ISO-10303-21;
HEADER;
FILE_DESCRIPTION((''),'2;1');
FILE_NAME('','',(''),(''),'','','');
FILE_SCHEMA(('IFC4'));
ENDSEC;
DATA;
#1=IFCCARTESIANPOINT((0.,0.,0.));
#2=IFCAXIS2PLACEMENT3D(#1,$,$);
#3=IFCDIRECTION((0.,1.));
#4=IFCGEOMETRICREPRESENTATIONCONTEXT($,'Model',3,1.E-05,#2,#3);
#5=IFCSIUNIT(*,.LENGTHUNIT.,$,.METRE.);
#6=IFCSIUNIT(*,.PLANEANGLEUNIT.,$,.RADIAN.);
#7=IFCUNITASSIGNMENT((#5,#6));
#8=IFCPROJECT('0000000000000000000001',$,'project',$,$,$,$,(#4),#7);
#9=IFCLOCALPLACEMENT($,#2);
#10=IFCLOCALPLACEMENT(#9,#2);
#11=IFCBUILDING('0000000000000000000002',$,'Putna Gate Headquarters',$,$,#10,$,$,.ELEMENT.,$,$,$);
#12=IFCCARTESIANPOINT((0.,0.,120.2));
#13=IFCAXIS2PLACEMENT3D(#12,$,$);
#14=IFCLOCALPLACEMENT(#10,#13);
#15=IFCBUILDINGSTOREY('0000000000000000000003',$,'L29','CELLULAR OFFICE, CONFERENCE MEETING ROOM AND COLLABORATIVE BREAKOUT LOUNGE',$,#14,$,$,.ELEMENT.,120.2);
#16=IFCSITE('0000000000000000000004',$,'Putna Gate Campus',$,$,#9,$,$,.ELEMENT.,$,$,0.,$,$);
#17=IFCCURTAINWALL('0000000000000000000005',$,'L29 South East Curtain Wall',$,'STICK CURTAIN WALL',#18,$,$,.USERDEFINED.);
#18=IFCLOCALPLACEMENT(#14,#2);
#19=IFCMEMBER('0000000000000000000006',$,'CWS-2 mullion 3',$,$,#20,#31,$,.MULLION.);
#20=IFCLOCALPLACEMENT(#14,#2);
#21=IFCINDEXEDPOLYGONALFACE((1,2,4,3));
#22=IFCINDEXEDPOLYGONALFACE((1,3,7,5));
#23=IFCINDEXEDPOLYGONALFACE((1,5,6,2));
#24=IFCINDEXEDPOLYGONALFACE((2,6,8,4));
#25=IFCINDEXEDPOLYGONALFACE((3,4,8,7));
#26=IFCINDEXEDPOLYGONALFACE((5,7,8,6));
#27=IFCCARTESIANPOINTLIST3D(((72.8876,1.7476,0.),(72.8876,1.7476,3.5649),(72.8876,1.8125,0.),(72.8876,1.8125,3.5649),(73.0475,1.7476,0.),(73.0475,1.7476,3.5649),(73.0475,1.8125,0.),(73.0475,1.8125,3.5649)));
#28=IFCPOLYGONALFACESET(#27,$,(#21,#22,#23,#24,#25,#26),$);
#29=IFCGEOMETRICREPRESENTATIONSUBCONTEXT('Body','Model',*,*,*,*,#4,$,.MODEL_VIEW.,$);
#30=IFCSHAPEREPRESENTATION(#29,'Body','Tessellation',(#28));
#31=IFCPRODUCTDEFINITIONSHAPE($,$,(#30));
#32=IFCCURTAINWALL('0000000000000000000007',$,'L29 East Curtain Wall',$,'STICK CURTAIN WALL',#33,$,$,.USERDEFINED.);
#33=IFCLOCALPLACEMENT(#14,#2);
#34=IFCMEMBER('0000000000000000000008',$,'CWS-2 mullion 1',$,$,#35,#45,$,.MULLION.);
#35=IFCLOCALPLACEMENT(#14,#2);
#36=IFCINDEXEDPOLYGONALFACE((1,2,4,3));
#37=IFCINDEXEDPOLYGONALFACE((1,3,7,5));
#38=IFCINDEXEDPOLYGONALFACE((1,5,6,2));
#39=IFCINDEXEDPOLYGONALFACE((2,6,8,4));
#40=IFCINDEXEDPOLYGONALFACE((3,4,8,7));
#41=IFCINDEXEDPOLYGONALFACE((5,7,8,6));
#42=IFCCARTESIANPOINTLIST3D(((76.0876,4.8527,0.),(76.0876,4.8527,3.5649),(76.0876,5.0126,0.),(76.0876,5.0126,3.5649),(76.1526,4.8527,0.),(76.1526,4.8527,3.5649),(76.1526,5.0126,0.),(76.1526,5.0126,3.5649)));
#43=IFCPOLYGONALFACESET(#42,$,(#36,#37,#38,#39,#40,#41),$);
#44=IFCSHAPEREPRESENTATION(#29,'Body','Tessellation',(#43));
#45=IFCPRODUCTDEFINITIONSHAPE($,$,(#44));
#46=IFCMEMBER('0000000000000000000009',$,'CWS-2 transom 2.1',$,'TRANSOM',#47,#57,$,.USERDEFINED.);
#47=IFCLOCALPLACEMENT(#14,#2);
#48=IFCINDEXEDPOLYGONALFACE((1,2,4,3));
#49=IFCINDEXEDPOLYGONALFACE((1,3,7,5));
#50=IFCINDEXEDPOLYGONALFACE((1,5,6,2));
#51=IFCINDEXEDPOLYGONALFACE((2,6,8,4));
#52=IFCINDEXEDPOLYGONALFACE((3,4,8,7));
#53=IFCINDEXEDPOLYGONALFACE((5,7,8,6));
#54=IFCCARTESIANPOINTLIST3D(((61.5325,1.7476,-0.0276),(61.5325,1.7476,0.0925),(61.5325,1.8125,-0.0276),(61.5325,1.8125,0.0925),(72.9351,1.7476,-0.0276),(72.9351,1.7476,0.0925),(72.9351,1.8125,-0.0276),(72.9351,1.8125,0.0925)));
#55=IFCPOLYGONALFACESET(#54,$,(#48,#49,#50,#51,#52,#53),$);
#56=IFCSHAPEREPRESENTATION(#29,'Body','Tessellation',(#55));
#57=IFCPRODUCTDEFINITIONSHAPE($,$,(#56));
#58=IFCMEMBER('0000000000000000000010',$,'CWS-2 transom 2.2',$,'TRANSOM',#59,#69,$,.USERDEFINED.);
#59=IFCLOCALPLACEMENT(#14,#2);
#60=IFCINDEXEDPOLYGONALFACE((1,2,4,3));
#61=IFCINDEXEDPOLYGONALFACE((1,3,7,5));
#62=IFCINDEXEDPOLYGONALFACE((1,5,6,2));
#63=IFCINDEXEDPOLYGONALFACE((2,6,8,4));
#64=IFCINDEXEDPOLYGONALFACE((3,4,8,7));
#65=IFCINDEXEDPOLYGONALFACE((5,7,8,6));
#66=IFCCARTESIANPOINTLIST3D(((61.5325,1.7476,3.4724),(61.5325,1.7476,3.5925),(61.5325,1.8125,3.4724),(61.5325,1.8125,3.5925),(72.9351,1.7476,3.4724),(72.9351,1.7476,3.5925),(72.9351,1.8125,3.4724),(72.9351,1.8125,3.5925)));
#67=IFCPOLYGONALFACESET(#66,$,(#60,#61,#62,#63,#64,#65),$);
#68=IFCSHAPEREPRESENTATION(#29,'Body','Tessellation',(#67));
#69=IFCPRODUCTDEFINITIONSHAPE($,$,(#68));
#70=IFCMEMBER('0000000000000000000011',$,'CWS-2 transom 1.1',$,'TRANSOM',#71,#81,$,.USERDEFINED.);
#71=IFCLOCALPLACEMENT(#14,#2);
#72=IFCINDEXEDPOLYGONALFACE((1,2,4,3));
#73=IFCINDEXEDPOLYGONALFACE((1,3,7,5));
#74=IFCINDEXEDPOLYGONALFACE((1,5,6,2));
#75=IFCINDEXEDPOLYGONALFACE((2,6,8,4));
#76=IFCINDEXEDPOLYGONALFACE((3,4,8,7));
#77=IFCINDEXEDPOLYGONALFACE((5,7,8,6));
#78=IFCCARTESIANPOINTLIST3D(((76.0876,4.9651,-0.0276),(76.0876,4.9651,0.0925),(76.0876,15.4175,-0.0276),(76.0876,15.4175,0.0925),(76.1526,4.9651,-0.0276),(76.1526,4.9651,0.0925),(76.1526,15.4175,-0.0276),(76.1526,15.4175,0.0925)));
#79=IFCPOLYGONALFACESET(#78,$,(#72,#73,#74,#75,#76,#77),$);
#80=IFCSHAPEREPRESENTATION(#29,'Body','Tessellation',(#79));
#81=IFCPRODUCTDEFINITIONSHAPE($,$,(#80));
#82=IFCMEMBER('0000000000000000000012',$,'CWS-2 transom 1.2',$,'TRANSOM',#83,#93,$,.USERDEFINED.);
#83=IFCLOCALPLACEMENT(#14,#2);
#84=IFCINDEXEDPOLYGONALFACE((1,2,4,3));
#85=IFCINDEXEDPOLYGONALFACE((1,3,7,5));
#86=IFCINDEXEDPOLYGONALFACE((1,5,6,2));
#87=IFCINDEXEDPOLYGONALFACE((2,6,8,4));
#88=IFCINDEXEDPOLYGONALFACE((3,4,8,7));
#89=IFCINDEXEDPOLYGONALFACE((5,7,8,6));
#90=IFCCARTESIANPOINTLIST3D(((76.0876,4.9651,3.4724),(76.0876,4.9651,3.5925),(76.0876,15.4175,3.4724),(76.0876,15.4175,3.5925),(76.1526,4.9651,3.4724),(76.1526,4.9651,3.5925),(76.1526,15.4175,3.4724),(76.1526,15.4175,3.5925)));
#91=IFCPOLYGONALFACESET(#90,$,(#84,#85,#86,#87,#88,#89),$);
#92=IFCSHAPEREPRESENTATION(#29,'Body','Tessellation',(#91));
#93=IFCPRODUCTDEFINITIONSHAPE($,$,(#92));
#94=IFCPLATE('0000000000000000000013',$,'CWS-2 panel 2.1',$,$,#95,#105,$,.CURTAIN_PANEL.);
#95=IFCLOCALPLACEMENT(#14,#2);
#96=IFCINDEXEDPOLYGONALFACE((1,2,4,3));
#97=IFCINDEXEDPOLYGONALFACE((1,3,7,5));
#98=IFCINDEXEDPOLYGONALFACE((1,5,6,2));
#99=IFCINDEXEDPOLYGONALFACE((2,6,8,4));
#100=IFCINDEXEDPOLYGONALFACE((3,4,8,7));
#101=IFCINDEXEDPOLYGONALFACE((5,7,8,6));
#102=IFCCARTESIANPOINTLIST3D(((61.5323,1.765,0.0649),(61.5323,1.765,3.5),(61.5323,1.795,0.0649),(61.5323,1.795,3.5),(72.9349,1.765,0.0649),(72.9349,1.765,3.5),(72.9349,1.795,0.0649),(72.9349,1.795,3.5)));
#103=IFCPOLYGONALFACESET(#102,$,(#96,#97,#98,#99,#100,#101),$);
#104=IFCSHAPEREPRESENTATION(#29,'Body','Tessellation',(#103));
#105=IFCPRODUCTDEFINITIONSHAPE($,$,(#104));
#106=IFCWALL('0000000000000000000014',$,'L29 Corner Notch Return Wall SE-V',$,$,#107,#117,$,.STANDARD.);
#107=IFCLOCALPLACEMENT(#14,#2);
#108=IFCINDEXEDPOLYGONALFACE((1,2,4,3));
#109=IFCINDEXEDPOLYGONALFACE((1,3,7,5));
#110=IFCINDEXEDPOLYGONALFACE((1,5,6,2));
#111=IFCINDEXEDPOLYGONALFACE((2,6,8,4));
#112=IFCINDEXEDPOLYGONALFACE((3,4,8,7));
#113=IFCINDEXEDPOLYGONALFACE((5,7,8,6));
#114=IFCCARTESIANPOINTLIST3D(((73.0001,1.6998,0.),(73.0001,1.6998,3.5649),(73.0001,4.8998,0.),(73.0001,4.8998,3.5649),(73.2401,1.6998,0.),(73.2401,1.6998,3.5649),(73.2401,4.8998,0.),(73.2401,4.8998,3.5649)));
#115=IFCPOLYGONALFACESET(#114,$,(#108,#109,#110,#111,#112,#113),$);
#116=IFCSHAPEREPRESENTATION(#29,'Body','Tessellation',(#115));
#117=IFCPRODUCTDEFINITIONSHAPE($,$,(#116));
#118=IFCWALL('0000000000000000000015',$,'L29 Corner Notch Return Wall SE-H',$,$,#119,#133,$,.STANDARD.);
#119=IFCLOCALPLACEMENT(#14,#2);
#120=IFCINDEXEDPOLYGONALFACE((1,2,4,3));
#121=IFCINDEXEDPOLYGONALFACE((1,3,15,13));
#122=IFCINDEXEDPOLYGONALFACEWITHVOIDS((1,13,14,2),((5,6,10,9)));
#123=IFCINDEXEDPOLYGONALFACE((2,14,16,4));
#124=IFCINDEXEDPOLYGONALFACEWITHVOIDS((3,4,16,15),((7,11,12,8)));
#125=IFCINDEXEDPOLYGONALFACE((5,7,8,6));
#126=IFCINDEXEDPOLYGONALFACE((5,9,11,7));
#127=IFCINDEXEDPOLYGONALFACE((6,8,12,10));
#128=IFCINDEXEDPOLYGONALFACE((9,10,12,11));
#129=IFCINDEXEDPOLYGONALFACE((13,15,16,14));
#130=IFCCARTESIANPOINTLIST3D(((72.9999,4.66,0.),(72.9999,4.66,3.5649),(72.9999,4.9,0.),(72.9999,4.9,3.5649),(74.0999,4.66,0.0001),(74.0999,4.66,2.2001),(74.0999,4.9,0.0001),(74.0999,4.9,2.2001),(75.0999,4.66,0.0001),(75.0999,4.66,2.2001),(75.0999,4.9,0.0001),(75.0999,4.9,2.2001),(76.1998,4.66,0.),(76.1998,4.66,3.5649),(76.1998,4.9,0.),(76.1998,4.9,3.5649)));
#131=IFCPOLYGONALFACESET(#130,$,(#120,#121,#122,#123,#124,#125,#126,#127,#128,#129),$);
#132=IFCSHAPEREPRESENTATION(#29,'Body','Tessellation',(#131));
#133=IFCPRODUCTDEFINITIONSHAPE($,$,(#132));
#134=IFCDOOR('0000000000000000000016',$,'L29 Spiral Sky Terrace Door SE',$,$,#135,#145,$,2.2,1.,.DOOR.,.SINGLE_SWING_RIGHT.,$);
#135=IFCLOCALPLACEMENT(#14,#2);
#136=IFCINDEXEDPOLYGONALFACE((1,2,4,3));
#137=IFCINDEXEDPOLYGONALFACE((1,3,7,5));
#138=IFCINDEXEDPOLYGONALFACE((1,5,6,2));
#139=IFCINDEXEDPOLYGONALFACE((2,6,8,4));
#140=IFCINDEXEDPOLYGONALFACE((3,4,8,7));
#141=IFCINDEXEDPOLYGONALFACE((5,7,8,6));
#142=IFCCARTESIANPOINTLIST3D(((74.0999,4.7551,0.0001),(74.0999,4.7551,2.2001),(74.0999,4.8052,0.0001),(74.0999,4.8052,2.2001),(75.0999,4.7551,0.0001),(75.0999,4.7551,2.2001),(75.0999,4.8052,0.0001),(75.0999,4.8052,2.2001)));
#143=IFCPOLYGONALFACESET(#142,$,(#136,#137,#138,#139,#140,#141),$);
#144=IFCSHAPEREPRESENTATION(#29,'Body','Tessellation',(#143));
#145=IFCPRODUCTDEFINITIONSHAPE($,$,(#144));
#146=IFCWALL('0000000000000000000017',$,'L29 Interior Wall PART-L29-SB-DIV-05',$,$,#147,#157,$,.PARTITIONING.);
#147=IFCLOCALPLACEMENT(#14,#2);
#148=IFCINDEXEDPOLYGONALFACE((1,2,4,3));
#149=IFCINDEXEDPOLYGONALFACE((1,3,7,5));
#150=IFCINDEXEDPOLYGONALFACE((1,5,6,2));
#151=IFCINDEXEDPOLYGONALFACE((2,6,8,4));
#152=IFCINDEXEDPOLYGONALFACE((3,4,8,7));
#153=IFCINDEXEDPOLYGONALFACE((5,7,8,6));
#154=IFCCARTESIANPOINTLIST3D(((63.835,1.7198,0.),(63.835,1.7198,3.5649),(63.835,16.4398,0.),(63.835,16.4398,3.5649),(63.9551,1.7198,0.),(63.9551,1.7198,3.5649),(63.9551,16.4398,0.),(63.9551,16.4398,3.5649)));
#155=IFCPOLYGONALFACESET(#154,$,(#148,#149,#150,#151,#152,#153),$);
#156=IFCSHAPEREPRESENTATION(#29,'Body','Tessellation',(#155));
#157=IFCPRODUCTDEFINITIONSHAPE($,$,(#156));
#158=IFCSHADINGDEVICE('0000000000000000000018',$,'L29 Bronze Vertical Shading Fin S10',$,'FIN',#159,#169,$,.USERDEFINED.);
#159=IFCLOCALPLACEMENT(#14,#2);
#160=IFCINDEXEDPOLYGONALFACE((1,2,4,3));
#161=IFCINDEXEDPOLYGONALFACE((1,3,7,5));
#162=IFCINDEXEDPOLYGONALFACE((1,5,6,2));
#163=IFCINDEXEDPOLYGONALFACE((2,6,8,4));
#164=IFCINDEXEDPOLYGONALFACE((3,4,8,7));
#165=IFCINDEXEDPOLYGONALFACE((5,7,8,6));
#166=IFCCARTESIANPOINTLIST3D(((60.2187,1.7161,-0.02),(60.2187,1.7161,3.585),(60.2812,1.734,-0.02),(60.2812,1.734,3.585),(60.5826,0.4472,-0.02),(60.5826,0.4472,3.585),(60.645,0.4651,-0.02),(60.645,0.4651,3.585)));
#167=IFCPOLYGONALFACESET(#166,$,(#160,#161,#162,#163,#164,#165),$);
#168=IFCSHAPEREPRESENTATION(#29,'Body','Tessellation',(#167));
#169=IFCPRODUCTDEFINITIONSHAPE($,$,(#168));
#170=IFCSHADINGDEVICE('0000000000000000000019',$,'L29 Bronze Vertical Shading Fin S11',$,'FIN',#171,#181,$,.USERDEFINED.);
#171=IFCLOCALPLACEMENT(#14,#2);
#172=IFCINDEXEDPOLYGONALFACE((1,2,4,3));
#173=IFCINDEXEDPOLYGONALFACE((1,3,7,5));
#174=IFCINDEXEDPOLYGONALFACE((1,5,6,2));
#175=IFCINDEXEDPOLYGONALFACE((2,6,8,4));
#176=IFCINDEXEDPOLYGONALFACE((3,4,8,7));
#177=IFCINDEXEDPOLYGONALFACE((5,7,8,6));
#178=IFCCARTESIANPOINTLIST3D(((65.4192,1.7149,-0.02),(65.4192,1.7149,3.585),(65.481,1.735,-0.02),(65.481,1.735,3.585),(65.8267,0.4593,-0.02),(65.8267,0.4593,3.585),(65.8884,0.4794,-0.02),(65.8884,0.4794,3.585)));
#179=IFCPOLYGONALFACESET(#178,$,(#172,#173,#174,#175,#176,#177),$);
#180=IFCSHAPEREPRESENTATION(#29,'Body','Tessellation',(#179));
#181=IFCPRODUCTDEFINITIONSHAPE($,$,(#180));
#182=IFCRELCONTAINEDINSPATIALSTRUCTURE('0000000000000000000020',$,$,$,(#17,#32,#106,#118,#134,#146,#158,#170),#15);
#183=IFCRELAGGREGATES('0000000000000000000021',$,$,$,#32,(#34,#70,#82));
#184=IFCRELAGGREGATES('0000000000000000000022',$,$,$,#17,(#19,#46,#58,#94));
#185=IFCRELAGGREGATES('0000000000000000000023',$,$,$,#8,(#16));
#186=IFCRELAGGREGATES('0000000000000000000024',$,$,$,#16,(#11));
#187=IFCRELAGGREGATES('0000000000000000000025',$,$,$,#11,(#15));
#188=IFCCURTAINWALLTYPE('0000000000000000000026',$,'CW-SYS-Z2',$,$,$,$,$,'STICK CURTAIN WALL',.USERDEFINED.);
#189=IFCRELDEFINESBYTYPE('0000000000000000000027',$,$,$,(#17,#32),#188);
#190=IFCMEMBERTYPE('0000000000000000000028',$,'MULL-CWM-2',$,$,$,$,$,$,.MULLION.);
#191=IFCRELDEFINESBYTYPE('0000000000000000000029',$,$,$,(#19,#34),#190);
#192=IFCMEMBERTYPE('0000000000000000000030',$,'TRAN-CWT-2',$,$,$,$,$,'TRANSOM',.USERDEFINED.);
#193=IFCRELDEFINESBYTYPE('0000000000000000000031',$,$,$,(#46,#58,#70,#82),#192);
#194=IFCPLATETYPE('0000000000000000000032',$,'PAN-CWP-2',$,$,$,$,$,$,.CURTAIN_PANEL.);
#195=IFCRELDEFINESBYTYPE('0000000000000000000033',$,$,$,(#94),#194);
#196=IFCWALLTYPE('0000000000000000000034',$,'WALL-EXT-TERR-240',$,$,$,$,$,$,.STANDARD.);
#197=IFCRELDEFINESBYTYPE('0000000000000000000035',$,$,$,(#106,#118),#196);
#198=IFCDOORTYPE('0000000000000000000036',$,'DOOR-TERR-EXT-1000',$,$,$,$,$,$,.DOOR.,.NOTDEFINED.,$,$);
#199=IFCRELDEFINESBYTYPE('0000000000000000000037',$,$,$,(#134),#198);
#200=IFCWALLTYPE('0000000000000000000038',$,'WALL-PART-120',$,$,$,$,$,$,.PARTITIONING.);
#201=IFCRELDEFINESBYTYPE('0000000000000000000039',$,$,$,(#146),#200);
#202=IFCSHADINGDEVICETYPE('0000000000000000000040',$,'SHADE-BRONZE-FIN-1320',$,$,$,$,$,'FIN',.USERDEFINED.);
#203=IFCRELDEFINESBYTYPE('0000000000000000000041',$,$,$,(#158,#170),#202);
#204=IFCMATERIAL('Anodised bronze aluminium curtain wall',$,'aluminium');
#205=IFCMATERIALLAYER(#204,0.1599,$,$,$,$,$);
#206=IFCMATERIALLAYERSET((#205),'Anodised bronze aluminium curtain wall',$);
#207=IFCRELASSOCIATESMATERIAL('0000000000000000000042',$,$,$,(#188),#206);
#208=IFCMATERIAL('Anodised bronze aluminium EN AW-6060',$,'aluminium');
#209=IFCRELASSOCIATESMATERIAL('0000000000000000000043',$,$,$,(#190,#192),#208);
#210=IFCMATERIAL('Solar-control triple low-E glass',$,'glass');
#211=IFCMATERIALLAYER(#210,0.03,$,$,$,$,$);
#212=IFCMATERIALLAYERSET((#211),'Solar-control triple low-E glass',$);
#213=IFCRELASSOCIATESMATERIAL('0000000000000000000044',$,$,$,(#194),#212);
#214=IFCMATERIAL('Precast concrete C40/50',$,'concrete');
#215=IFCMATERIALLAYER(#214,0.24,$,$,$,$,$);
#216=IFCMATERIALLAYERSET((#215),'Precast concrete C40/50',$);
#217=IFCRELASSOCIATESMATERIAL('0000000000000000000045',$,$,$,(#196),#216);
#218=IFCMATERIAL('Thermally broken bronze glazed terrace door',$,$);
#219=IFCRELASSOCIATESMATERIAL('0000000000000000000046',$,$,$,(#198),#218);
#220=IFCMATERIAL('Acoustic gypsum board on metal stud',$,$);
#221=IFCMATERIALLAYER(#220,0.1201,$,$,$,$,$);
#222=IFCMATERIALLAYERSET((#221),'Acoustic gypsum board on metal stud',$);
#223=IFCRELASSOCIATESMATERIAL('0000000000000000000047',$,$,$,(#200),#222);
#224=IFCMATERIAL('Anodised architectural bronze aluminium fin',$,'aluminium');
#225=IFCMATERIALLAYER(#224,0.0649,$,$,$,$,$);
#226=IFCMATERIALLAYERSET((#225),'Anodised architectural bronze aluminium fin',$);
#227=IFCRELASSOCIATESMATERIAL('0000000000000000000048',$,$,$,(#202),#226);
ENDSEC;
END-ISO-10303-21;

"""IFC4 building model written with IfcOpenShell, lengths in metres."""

from ifc_helpers import new_model, si_unit, direction, frame, frame_2d, origin, origin_2d, place, context, subcontext, project, spatial, rectangle, extrude, material, layer, layer_set, material_profile, profile_set, type_object, element, fill, aggregate, save


model = new_model("IFC4")

# Units and contexts
model_context = context("Model", 3, precision=1e-05, world=origin(), true_north=direction((0.0, 1.0)))
body_context = subcontext(model_context, "Body", "Model", "MODEL_VIEW")
ifc_project = project(units=[si_unit("LENGTHUNIT", "METRE"), si_unit("PLANEANGLEUNIT", "RADIAN")], contexts=[model_context])

# Site, building, storey
site_placement = place(None, origin())
site = spatial("IfcSite", under=ifc_project, at=site_placement, Name="Putna Gate Campus", CompositionType="ELEMENT", RefElevation=0.0)
building_placement = place(site_placement, origin())
building = spatial("IfcBuilding", under=site, at=building_placement, Name="Putna Gate Headquarters", CompositionType="ELEMENT")
storey_placement = place(building_placement, frame((0.0, 0.0, 120.2)))
storey = spatial("IfcBuildingStorey", under=building, at=storey_placement, Name="L29", Description="CELLULAR OFFICE, CONFERENCE MEETING ROOM AND COLLABORATIVE BREAKOUT LOUNGE", CompositionType="ELEMENT", Elevation=120.2)

# Curtain wall, member
ifc_material_1 = material(Name="Anodised bronze aluminium curtain wall", Category="aluminium")
ifc_layer_1 = layer(ifc_material_1, 0.1599)
ifc_layer_set_1 = layer_set([ifc_layer_1], Name="Anodised bronze aluminium curtain wall")
curtain_wall_type = type_object("IfcCurtainWallType", Name="CW-SYS-Z2", ElementType="STICK CURTAIN WALL", PredefinedType="USERDEFINED", material=ifc_layer_set_1)
curtain_wall_1_placement = place(storey_placement, origin())
curtain_wall_1 = element("IfcCurtainWall", 1, at=curtain_wall_1_placement, inside=storey, type_object=curtain_wall_type, Name="L29 South East Curtain Wall", ObjectType="STICK CURTAIN WALL", PredefinedType="USERDEFINED")
ifc_material_2 = material(Name="Anodised bronze aluminium EN AW-6060", Category="aluminium")
ifc_material_profile_1 = material_profile(ifc_material_2, rectangle(XDim=0.0649, YDim=0.1599, at=origin_2d()), Name="Anodised bronze aluminium EN AW-6060")
ifc_profile_set_1 = profile_set([ifc_material_profile_1], Name="Anodised bronze aluminium EN AW-6060")
member_type_1 = type_object("IfcMemberType", Name="MULL-CWM-2", PredefinedType="MULLION", material=ifc_profile_set_1)
member_1_placement = place(storey_placement, frame((72.9675, 1.78, 0.0), z_axis=(0.0, 0.0, 1.0), x_axis=(0.0, 1.0, 0.0)))
member_1 = element("IfcMember", 2, at=member_1_placement, type_object=member_type_1, Name="CWS-2 mullion 3", PredefinedType="MULLION", context=body_context, shape_type="SweptSolid", body=[
    extrude(rectangle(XDim=0.0649, YDim=0.1599, at=origin_2d()), origin(), (0.0, 0.0, 1.0), 3.5649),
])

# Curtain wall, member
curtain_wall_2_placement = place(storey_placement, origin())
curtain_wall_2 = element("IfcCurtainWall", 3, at=curtain_wall_2_placement, inside=storey, type_object=curtain_wall_type, Name="L29 East Curtain Wall", ObjectType="STICK CURTAIN WALL", PredefinedType="USERDEFINED")
member_2_placement = place(storey_placement, frame((76.1201, 4.9326, 0.0), z_axis=(0.0, 0.0, 1.0), x_axis=(-1.0, 0.0, 0.0)))
member_2 = element("IfcMember", 4, at=member_2_placement, type_object=member_type_1, Name="CWS-2 mullion 1", PredefinedType="MULLION", context=body_context, shape_type="SweptSolid", body=[
    extrude(rectangle(XDim=0.0649, YDim=0.1599, at=origin_2d()), origin(), (0.0, 0.0, 1.0), 3.5649),
])

# Members
ifc_material_profile_2 = material_profile(ifc_material_2, rectangle(XDim=0.0649, YDim=0.1201, at=origin_2d()), Name="Anodised bronze aluminium EN AW-6060")
ifc_profile_set_2 = profile_set([ifc_material_profile_2], Name="Anodised bronze aluminium EN AW-6060")
member_type_2 = type_object("IfcMemberType", Name="TRAN-CWT-2", ElementType="TRANSOM", PredefinedType="USERDEFINED", material=ifc_profile_set_2)
member_3_placement = place(storey_placement, frame((61.5325, 1.78, 0.0325), z_axis=(1.0, 0.0, 0.0), x_axis=(0.0, 1.0, 0.0)))
member_3 = element("IfcMember", 5, at=member_3_placement, type_object=member_type_2, Name="CWS-2 transom 2.1", ObjectType="TRANSOM", PredefinedType="USERDEFINED", context=body_context, shape_type="SweptSolid", body=[
    extrude(rectangle(XDim=0.0649, YDim=0.1201, at=origin_2d()), origin(), (0.0, 0.0, 1.0), 11.4026),
])
member_4_placement = place(storey_placement, frame((61.5325, 1.78, 3.5325), z_axis=(1.0, 0.0, 0.0), x_axis=(0.0, 1.0, 0.0)))
member_4 = element("IfcMember", 6, at=member_4_placement, type_object=member_type_2, Name="CWS-2 transom 2.2", ObjectType="TRANSOM", PredefinedType="USERDEFINED", context=body_context, shape_type="SweptSolid", body=[
    extrude(rectangle(XDim=0.0649, YDim=0.1201, at=origin_2d()), origin(), (0.0, 0.0, 1.0), 11.4026),
])
member_5_placement = place(storey_placement, frame((76.1201, 4.9651, 0.0325), z_axis=(0.0, 1.0, 0.0), x_axis=(-1.0, 0.0, 0.0)))
member_5 = element("IfcMember", 7, at=member_5_placement, type_object=member_type_2, Name="CWS-2 transom 1.1", ObjectType="TRANSOM", PredefinedType="USERDEFINED", context=body_context, shape_type="SweptSolid", body=[
    extrude(rectangle(XDim=0.0649, YDim=0.1201, at=origin_2d()), origin(), (0.0, 0.0, 1.0), 10.4524),
])
member_6_placement = place(storey_placement, frame((76.1201, 4.9651, 3.5325), z_axis=(0.0, 1.0, 0.0), x_axis=(-1.0, 0.0, 0.0)))
member_6 = element("IfcMember", 8, at=member_6_placement, type_object=member_type_2, Name="CWS-2 transom 1.2", ObjectType="TRANSOM", PredefinedType="USERDEFINED", context=body_context, shape_type="SweptSolid", body=[
    extrude(rectangle(XDim=0.0649, YDim=0.1201, at=origin_2d()), origin(), (0.0, 0.0, 1.0), 10.4524),
])
aggregate(curtain_wall_2, [member_2, member_5, member_6])

# Plate
ifc_material_3 = material(Name="Solar-control triple low-E glass", Category="glass")
ifc_layer_2 = layer(ifc_material_3, 0.03)
ifc_layer_set_2 = layer_set([ifc_layer_2], Name="Solar-control triple low-E glass")
plate_type = type_object("IfcPlateType", Name="PAN-CWP-2", PredefinedType="CURTAIN_PANEL", material=ifc_layer_set_2)
plate_placement = place(storey_placement, frame((67.2336, 1.78, 0.0649), z_axis=(0.0, 0.0, 1.0), x_axis=(1.0, 0.0, 0.0)))
plate = element("IfcPlate", 9, at=plate_placement, type_object=plate_type, Name="CWS-2 panel 2.1", PredefinedType="CURTAIN_PANEL", context=body_context, shape_type="SweptSolid", body=[
    extrude(rectangle(XDim=11.4026, YDim=0.03, at=origin_2d()), origin(), (0.0, 0.0, 1.0), 3.4351),
])
aggregate(curtain_wall_1, [member_1, member_3, member_4, plate])

# Wall
ifc_material_4 = material(Name="Precast concrete C40/50", Category="concrete")
ifc_layer_3 = layer(ifc_material_4, 0.24)
ifc_layer_set_3 = layer_set([ifc_layer_3], Name="Precast concrete C40/50")
wall_type_1 = type_object("IfcWallType", Name="WALL-EXT-TERR-240", PredefinedType="STANDARD", material=ifc_layer_set_3)
wall_1_placement = place(storey_placement, frame((73.1201, 4.8999, 0.0), z_axis=(0.0, 0.0, 1.0), x_axis=(0.0, -1.0, 0.0)))
element("IfcWall", 10, at=wall_1_placement, inside=storey, type_object=wall_type_1, Name="L29 Corner Notch Return Wall SE-V", PredefinedType="STANDARD", context=body_context, shape_type="SweptSolid", body=[
    extrude(rectangle(XDim=3.2, YDim=0.24, at=frame_2d((1.6001, 0.0))), origin(), (0.0, 0.0, 1.0), 3.5649),
])

# Wall, opening, door
wall_2_placement = place(storey_placement, frame((76.2, 4.78, 0.0), z_axis=(0.0, 0.0, 1.0), x_axis=(-1.0, 0.0, 0.0)))
wall_2 = element("IfcWall", 11, at=wall_2_placement, inside=storey, type_object=wall_type_1, Name="L29 Corner Notch Return Wall SE-H", PredefinedType="STANDARD", context=body_context, shape_type="SweptSolid", body=[
    extrude(rectangle(XDim=3.2, YDim=0.24, at=frame_2d((1.6001, 0.0))), origin(), (0.0, 0.0, 1.0), 3.5649),
])
opening_placement = place(wall_2_placement, frame((1.1001, 0.0, 0.0)))
opening = element("IfcOpeningElement", 12, at=opening_placement, cuts=wall_2, PredefinedType="OPENING", context=body_context, shape_type="SweptSolid", body=[
    extrude(rectangle(XDim=1.0, YDim=2.2, at=frame_2d((0.5, 1.1001))), frame((0.0, 0.1299, 0.0), z_axis=(0.0, -1.0, 0.0), x_axis=(1.0, 0.0, 0.0)), (0.0, 0.0, 1.0), 0.26),
])
ifc_material_5 = material(Name="Thermally broken bronze glazed terrace door")
door_type = type_object("IfcDoorType", Name="DOOR-TERR-EXT-1000", OperationType="NOTDEFINED", PredefinedType="DOOR", material=ifc_material_5)
door_placement = place(opening_placement, origin())
door = element("IfcDoor", 13, at=door_placement, inside=storey, type_object=door_type, Name="L29 Spiral Sky Terrace Door SE", OperationType="SINGLE_SWING_RIGHT", OverallHeight=2.2, OverallWidth=1.0, PredefinedType="DOOR", context=body_context, shape_type="SweptSolid", body=[
    extrude(rectangle(XDim=1.0, YDim=2.2, at=frame_2d((0.5, 1.1001))), frame((0.0, 0.0249, 0.0), z_axis=(0.0, -1.0, 0.0), x_axis=(1.0, 0.0, 0.0)), (0.0, 0.0, 1.0), 0.05),
])
fill(opening, door)

# Wall
ifc_material_6 = material(Name="Acoustic gypsum board on metal stud")
ifc_layer_4 = layer(ifc_material_6, 0.1201)
ifc_layer_set_4 = layer_set([ifc_layer_4], Name="Acoustic gypsum board on metal stud")
wall_type_2 = type_object("IfcWallType", Name="WALL-PART-120", PredefinedType="PARTITIONING", material=ifc_layer_set_4)
wall_3_placement = place(storey_placement, frame((63.895, 1.72, 0.0), z_axis=(0.0, 0.0, 1.0), x_axis=(0.0, 1.0, 0.0)))
element("IfcWall", 14, at=wall_3_placement, inside=storey, type_object=wall_type_2, Name="L29 Interior Wall PART-L29-SB-DIV-05", PredefinedType="PARTITIONING", context=body_context, shape_type="SweptSolid", body=[
    extrude(rectangle(XDim=14.72, YDim=0.1201, at=frame_2d((7.3599, 0.0))), origin(), (0.0, 0.0, 1.0), 3.5649),
])

# Shading devices
ifc_material_7 = material(Name="Anodised architectural bronze aluminium fin", Category="aluminium")
ifc_layer_5 = layer(ifc_material_7, 0.0649)
ifc_layer_set_5 = layer_set([ifc_layer_5], Name="Anodised architectural bronze aluminium fin")
shading_device_type = type_object("IfcShadingDeviceType", Name="SHADE-BRONZE-FIN-1320", ElementType="FIN", PredefinedType="USERDEFINED", material=ifc_layer_set_5)
for number, where, z_axis, x_axis, name in (
    (15, (60.4319, 1.0906, -0.02), (0.0, 0.0, 1.0), (0.275637, -0.961262, 0.0), "L29 Bronze Vertical Shading Fin S10"),
    (16, (65.6538, 1.0972, -0.02), (0.0, 0.0, 1.0), (0.308685, -0.951164, 0.0), "L29 Bronze Vertical Shading Fin S11"),
):
    element("IfcShadingDevice", number, at=place(storey_placement, frame(where, z_axis=z_axis, x_axis=x_axis)), inside=storey, type_object=shading_device_type, Name=name, ObjectType="FIN", PredefinedType="USERDEFINED", context=body_context, shape_type="SweptSolid", body=[
        extrude(rectangle(XDim=1.3201, YDim=0.0649, at=origin_2d()), origin(), (0.0, 0.0, 1.0), 3.605),
    ])

save(model, "model.ifc")
